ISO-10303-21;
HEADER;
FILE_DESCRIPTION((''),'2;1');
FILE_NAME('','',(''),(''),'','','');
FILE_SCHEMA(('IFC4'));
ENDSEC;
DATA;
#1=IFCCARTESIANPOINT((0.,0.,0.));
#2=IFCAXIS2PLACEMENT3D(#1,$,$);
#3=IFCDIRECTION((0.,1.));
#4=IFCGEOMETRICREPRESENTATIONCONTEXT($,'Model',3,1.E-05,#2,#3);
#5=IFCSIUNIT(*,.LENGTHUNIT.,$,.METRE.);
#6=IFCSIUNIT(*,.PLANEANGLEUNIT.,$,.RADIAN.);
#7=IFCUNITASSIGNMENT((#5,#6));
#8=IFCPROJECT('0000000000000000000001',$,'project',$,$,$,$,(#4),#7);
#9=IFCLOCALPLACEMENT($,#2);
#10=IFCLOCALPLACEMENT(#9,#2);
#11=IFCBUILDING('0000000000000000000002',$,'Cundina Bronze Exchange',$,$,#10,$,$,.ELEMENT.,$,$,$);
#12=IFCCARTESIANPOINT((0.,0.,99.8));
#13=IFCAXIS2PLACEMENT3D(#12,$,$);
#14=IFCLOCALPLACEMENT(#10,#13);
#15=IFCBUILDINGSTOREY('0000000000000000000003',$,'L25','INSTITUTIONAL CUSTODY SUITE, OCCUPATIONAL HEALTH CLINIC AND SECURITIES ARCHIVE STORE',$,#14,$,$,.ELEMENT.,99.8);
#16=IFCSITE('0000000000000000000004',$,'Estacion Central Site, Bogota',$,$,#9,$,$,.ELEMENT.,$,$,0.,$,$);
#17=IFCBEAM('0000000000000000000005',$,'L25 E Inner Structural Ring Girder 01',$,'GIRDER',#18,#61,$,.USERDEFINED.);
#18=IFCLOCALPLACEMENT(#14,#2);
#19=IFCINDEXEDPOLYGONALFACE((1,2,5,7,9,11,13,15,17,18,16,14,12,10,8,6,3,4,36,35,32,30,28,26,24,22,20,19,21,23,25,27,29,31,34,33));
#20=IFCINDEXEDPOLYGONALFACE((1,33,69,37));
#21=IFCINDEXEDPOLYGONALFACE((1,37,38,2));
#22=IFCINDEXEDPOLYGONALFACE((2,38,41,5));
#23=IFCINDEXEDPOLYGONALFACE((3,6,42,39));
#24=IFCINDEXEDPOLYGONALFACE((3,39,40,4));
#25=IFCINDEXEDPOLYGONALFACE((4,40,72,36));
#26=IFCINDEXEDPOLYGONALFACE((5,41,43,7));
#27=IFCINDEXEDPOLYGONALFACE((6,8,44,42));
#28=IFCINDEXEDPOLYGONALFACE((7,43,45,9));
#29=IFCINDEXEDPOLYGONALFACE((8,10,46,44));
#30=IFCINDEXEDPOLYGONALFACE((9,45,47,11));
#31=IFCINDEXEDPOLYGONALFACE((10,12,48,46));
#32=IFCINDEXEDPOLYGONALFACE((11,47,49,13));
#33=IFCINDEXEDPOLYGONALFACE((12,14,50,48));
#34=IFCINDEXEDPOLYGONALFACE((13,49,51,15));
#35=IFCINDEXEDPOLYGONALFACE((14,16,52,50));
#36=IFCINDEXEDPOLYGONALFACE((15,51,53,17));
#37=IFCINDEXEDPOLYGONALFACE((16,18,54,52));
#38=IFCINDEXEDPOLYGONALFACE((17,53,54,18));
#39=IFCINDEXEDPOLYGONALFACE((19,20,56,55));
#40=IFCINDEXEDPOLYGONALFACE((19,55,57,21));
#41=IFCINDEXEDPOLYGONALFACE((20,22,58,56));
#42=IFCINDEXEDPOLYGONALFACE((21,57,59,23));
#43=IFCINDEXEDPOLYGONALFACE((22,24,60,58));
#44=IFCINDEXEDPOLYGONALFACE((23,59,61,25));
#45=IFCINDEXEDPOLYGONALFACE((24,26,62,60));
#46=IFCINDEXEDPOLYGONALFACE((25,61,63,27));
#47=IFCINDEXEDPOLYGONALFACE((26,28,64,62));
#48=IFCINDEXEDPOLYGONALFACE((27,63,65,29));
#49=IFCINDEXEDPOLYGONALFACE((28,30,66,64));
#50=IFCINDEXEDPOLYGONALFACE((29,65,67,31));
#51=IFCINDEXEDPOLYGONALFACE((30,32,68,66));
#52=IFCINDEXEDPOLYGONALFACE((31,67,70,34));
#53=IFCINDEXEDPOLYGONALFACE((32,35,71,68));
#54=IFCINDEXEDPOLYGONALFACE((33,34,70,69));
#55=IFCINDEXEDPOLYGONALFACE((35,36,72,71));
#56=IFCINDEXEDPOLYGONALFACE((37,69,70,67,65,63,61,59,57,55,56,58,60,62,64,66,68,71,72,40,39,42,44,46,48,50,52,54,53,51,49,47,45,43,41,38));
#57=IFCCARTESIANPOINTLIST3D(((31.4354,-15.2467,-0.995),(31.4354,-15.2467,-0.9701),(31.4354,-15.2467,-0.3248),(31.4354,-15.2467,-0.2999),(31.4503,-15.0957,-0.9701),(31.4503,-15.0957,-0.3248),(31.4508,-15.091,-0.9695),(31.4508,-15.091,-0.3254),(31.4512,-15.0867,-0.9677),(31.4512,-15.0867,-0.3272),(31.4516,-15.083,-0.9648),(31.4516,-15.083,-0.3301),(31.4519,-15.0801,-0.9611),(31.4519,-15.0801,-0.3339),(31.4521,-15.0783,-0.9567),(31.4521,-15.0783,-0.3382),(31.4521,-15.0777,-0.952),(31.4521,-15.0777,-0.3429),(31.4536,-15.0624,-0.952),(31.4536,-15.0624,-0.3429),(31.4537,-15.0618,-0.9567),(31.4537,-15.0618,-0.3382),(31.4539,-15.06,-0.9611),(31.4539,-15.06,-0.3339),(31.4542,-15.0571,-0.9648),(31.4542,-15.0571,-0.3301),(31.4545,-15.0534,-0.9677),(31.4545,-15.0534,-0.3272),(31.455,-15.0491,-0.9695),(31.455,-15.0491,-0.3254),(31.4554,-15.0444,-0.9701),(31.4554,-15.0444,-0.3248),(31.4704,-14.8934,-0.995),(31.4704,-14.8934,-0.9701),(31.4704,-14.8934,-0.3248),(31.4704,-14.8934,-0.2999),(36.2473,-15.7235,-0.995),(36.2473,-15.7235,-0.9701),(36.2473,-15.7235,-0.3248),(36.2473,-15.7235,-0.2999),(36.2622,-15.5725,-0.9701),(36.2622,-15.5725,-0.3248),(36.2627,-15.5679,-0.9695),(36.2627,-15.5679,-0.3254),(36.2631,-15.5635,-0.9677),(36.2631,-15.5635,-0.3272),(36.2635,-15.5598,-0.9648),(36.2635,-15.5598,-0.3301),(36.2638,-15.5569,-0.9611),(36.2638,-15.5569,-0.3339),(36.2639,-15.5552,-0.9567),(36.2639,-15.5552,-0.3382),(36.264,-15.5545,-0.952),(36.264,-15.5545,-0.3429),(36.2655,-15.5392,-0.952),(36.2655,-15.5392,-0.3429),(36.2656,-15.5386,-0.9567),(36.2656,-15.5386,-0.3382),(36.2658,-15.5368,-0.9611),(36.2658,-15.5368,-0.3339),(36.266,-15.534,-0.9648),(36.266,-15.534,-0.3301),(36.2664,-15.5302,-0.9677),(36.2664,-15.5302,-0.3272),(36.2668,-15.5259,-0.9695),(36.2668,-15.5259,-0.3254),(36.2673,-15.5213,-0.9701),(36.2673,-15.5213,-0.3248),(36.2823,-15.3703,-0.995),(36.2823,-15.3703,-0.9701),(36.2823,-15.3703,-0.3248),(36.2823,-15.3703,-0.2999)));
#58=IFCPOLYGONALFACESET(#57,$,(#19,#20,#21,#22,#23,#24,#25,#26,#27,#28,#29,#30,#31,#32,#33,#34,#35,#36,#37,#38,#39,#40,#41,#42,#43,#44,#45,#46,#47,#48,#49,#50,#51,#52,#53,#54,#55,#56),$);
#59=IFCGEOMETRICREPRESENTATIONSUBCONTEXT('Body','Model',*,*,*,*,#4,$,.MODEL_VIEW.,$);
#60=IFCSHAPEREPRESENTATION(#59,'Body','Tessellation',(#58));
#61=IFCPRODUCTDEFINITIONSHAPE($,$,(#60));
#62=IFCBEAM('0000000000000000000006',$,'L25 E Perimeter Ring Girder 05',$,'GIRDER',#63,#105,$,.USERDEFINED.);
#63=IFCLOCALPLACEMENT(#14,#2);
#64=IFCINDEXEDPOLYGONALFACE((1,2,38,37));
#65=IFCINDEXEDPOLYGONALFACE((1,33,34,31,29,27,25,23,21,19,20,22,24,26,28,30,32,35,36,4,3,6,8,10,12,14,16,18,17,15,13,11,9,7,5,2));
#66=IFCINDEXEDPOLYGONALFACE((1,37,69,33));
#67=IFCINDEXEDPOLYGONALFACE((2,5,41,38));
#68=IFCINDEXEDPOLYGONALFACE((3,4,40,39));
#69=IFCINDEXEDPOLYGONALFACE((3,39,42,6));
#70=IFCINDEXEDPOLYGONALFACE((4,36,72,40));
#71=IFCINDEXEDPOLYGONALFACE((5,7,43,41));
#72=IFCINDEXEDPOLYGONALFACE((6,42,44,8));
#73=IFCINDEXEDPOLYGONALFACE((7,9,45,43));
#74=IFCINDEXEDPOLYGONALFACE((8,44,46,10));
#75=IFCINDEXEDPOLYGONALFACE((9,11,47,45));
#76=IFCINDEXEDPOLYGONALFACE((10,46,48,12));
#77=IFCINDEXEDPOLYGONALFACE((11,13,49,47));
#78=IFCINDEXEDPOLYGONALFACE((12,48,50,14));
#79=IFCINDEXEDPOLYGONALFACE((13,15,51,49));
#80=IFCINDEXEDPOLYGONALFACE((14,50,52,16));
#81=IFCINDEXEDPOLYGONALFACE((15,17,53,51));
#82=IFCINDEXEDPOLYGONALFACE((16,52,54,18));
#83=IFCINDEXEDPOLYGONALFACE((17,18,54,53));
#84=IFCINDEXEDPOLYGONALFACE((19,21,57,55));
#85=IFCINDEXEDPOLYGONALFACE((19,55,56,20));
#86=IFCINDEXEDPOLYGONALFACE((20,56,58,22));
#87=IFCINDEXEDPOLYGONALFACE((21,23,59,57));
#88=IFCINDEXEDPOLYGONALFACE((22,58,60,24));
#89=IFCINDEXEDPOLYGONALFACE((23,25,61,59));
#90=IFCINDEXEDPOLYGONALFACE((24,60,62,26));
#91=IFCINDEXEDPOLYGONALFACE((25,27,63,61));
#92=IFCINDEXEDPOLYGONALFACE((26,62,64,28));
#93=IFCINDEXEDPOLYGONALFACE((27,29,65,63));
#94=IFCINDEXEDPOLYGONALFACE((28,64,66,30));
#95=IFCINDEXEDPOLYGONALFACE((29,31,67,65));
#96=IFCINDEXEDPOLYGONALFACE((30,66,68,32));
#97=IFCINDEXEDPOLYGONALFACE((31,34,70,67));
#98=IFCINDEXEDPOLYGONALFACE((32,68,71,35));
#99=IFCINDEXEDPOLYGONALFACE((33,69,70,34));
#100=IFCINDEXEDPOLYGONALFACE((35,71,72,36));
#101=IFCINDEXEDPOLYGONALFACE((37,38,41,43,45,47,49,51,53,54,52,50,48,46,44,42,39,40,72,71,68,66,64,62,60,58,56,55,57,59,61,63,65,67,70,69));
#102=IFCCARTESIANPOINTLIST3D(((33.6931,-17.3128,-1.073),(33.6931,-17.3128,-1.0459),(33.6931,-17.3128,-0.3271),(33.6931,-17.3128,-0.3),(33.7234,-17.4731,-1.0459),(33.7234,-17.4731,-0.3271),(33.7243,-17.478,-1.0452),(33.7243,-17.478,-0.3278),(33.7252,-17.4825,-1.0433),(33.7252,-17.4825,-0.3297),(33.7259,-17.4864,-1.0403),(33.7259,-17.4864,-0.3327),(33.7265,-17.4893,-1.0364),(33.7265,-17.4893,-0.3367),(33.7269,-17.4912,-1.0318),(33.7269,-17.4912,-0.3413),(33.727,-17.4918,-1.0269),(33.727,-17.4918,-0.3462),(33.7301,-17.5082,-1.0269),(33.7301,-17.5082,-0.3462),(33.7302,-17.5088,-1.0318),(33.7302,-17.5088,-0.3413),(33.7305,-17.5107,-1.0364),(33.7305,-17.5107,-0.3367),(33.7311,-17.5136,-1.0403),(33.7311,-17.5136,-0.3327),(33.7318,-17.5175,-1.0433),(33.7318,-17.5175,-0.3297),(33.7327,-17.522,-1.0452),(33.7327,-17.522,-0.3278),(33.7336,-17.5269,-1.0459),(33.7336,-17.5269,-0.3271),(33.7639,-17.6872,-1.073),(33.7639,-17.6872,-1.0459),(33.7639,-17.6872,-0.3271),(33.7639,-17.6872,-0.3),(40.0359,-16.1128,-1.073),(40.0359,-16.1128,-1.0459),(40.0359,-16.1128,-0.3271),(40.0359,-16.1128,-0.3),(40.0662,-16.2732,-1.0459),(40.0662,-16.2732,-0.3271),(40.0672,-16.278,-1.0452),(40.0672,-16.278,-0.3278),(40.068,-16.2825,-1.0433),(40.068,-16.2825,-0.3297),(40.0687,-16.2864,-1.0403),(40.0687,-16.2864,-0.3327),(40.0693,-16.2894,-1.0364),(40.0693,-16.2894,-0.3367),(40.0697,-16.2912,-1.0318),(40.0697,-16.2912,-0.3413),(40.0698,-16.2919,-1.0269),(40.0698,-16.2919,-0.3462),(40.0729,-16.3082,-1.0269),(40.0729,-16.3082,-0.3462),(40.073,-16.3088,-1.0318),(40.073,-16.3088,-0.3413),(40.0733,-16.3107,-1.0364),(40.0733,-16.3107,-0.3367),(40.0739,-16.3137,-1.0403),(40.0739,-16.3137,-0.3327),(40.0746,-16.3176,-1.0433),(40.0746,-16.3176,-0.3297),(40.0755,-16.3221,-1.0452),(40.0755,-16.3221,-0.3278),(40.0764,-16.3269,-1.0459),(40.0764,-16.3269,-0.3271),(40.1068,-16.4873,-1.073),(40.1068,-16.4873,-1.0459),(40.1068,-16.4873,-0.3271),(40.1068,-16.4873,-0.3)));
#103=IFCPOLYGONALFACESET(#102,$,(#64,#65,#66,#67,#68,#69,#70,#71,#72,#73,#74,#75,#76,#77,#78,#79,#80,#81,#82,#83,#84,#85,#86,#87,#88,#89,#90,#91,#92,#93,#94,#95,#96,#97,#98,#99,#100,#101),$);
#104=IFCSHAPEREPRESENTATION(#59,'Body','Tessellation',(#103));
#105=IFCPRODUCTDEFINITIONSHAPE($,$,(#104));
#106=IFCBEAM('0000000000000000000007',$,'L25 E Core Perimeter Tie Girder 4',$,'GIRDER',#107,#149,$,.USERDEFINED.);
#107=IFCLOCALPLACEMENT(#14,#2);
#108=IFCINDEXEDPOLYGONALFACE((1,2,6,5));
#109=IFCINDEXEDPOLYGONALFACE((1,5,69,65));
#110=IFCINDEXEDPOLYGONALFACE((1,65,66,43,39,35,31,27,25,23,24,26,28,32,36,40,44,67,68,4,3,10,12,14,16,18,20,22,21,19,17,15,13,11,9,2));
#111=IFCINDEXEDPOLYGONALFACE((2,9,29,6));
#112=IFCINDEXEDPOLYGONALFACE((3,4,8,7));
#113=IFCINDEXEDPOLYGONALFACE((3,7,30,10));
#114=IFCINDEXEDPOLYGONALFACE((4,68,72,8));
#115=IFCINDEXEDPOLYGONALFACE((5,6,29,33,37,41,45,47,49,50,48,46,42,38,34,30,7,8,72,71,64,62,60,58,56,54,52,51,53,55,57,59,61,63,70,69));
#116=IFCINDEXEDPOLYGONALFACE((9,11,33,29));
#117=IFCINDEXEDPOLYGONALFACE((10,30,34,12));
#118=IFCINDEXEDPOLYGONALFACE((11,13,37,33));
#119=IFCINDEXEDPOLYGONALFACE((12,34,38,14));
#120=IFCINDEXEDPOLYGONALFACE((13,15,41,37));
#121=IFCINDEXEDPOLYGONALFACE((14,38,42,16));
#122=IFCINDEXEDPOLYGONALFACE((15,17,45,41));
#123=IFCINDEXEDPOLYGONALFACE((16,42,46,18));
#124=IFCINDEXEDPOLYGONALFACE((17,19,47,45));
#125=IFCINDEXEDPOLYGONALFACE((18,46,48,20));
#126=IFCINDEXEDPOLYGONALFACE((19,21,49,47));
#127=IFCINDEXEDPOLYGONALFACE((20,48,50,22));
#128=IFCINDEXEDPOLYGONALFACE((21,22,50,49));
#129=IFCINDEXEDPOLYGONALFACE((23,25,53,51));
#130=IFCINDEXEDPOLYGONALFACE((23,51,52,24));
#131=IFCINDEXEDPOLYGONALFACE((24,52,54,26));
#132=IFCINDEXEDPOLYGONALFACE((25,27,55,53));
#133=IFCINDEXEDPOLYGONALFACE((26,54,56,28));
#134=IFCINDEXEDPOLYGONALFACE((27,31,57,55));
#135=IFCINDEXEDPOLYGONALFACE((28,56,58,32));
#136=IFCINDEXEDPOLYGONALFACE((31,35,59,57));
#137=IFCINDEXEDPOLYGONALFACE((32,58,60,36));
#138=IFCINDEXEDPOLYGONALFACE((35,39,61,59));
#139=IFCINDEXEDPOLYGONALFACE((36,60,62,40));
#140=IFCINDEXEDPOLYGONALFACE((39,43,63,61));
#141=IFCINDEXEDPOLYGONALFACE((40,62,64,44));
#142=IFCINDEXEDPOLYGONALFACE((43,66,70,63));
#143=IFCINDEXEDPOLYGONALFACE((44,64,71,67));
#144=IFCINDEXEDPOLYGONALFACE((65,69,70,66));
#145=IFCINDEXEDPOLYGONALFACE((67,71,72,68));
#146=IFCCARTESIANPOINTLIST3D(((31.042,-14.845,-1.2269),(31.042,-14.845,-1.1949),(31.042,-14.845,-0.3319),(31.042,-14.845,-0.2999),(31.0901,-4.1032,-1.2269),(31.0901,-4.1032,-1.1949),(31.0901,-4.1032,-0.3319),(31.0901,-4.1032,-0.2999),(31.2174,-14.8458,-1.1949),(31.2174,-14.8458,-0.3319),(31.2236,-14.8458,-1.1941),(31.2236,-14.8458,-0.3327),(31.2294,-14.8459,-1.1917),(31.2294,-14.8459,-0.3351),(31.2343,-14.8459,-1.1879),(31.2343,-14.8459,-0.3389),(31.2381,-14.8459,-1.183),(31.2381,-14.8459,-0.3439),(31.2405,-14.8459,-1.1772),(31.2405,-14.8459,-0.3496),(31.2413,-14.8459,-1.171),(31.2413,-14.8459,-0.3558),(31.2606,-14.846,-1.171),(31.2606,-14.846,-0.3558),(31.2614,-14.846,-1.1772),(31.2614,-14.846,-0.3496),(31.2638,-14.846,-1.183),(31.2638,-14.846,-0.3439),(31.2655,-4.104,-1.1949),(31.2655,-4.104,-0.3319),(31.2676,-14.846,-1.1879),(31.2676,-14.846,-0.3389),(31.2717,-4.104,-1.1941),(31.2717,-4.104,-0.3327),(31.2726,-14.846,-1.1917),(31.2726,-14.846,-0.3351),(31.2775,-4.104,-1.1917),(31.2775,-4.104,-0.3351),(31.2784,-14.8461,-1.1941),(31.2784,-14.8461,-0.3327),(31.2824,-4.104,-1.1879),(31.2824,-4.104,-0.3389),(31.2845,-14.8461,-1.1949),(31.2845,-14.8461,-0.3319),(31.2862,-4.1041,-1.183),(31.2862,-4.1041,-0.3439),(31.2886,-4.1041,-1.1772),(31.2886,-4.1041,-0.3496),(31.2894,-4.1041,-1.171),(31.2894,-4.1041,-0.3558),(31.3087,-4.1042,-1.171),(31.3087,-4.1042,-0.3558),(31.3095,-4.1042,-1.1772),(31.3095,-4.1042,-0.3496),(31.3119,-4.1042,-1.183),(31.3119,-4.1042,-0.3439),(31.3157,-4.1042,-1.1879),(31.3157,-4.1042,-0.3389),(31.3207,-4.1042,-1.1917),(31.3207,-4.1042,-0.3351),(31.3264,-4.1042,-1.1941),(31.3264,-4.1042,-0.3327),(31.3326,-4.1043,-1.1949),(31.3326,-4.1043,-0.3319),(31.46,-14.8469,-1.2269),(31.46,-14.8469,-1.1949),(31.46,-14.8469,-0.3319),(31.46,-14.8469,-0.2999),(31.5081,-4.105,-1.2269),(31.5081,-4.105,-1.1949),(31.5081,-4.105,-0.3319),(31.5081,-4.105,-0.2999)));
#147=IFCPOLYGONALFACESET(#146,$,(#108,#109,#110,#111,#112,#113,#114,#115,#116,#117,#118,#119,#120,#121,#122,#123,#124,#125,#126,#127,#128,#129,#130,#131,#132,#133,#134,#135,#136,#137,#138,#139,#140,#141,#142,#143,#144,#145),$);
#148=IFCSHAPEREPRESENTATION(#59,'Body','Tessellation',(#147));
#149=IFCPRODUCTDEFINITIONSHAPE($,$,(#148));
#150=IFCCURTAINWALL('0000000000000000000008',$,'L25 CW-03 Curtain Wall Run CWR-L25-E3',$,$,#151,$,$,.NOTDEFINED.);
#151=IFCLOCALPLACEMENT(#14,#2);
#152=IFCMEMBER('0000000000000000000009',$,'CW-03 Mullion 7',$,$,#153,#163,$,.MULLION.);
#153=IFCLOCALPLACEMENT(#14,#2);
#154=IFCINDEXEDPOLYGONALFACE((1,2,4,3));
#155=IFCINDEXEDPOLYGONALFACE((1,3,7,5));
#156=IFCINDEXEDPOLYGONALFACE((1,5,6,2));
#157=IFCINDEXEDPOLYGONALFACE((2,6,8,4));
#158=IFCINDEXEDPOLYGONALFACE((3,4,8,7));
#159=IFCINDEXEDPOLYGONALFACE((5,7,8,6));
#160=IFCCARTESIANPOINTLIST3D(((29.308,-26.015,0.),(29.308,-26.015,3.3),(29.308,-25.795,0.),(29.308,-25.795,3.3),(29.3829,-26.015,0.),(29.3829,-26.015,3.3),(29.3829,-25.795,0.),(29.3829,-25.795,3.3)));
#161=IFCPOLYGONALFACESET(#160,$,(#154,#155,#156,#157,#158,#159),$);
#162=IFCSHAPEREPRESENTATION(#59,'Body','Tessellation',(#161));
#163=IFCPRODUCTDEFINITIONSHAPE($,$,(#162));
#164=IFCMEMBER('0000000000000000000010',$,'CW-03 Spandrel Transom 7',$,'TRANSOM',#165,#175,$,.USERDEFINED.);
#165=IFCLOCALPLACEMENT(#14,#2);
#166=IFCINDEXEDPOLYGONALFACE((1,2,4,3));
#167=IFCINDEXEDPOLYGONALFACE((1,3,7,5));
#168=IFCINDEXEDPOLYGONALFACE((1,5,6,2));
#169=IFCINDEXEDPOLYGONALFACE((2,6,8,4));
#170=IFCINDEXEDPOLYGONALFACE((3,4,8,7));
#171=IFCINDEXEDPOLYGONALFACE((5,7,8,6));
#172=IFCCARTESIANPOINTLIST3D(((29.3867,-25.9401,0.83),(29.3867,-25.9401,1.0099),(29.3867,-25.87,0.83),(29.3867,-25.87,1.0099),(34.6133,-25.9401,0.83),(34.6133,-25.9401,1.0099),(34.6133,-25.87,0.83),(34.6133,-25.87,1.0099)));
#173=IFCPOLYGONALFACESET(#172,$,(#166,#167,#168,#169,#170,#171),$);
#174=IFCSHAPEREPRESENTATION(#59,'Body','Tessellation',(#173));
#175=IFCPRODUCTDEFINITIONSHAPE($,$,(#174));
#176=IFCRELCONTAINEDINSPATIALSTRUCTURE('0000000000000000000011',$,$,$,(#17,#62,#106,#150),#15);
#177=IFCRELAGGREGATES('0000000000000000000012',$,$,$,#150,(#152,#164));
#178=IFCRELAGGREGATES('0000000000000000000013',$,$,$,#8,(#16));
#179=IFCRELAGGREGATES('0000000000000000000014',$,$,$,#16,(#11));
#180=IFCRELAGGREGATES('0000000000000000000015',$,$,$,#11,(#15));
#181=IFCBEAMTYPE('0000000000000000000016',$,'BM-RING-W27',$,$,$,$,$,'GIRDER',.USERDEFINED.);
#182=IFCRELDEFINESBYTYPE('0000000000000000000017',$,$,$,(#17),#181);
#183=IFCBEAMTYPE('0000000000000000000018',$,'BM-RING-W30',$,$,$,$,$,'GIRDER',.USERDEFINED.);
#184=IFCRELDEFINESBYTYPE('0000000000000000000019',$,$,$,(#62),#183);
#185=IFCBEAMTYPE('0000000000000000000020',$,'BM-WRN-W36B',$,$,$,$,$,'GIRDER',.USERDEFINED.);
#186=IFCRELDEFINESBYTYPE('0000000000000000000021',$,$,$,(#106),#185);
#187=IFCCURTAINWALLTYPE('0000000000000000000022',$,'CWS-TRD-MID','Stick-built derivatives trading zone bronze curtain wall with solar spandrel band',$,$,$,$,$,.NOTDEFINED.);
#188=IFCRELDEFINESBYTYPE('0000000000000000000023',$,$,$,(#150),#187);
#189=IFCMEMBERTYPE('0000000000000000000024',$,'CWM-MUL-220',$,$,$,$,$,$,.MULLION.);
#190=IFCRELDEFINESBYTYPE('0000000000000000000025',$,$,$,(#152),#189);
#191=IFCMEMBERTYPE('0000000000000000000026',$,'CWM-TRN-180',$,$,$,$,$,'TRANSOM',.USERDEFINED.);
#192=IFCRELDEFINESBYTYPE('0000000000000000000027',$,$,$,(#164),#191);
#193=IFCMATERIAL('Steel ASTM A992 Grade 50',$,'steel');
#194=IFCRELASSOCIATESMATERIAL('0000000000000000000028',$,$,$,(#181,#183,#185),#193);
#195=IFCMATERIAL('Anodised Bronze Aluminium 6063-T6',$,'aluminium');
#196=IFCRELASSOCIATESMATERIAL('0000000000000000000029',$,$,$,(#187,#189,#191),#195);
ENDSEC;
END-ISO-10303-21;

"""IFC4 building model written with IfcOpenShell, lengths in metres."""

from ifc_helpers import new_model, si_unit, direction, frame, origin, origin_2d, place, context, subcontext, project, spatial, rectangle, i_section, extrude, material, material_profile, profile_set, type_object, element, aggregate, save


model = new_model("IFC4")

# Units and contexts
model_context = context("Model", 3, precision=1e-05, world=origin(), true_north=direction((0.0, 1.0)))
body_context = subcontext(model_context, "Body", "Model", "MODEL_VIEW")
ifc_project = project(units=[si_unit("LENGTHUNIT", "METRE"), si_unit("PLANEANGLEUNIT", "RADIAN")], contexts=[model_context])

# Site, building, storey
site_placement = place(None, origin())
site = spatial("IfcSite", under=ifc_project, at=site_placement, Name="Estacion Central Site, Bogota", CompositionType="ELEMENT", RefElevation=0.0)
building_placement = place(site_placement, origin())
building = spatial("IfcBuilding", under=site, at=building_placement, Name="Cundina Bronze Exchange", CompositionType="ELEMENT")
storey_placement = place(building_placement, frame((0.0, 0.0, 99.8)))
storey = spatial("IfcBuildingStorey", under=building, at=storey_placement, Name="L25", Description="INSTITUTIONAL CUSTODY SUITE, OCCUPATIONAL HEALTH CLINIC AND SECURITIES ARCHIVE STORE", CompositionType="ELEMENT", Elevation=99.8)

# Shared definitions
ifc_material_1 = material(Name="Steel ASTM A992 Grade 50", Category="steel")

# Beams
ifc_material_profile_1 = material_profile(ifc_material_1, i_section(OverallWidth=0.355, OverallDepth=0.6951, WebThickness=0.0154, FlangeThickness=0.0249, FilletRadius=0.0181, at=origin_2d()), Name="W27X146", Category="steel")
ifc_profile_set_1 = profile_set([ifc_material_profile_1], Name="Steel ASTM A992 Grade 50")
beam_type_1 = type_object("IfcBeamType", Name="BM-RING-W27", ElementType="GIRDER", PredefinedType="USERDEFINED", material=ifc_profile_set_1)
beam_1_placement = place(storey_placement, frame((31.4529, -15.0701, -0.6475), z_axis=(0.995126, -0.098609, 0.0), x_axis=(0.098609, 0.995126, 0.0)))
element("IfcBeam", 1, at=beam_1_placement, inside=storey, type_object=beam_type_1, Name="L25 E Inner Structural Ring Girder 01", ObjectType="GIRDER", PredefinedType="USERDEFINED", context=body_context, shape_type="SweptSolid", body=[
    extrude(i_section(OverallWidth=0.355, OverallDepth=0.6951, WebThickness=0.0154, FlangeThickness=0.0249, FilletRadius=0.0181, at=origin_2d()), origin(), (0.0, 0.0, 1.0), 4.8354),
])
ifc_material_profile_2 = material_profile(ifc_material_1, i_section(OverallWidth=0.3811, OverallDepth=0.7729, WebThickness=0.0166, FlangeThickness=0.0271, FilletRadius=0.019, at=origin_2d()), Name="W30X173", Category="steel")
ifc_profile_set_2 = profile_set([ifc_material_profile_2], Name="Steel ASTM A992 Grade 50")
beam_type_2 = type_object("IfcBeamType", Name="BM-RING-W30", ElementType="GIRDER", PredefinedType="USERDEFINED", material=ifc_profile_set_2)
beam_2_placement = place(storey_placement, frame((33.7285, -17.5, -0.6865), z_axis=(0.982571, 0.185887, 0.0), x_axis=(-0.185887, 0.982571, 0.0)))
element("IfcBeam", 2, at=beam_2_placement, inside=storey, type_object=beam_type_2, Name="L25 E Perimeter Ring Girder 05", ObjectType="GIRDER", PredefinedType="USERDEFINED", context=body_context, shape_type="SweptSolid", body=[
    extrude(i_section(OverallWidth=0.3811, OverallDepth=0.7729, WebThickness=0.0166, FlangeThickness=0.0271, FilletRadius=0.019, at=origin_2d()), origin(), (0.0, 0.0, 1.0), 6.4553),
])
ifc_material_profile_3 = material_profile(ifc_material_1, i_section(OverallWidth=0.418, OverallDepth=0.927, WebThickness=0.0193, FlangeThickness=0.032, FilletRadius=0.0239, at=origin_2d()), Name="W36X231", Category="steel")
ifc_profile_set_3 = profile_set([ifc_material_profile_3], Name="Steel ASTM A992 Grade 50")
beam_type_3 = type_object("IfcBeamType", Name="BM-WRN-W36B", ElementType="GIRDER", PredefinedType="USERDEFINED", material=ifc_profile_set_3)
beam_3_placement = place(storey_placement, frame((31.251, -14.8459, -0.7634), z_axis=(0.004477, 0.99999, 0.0), x_axis=(-0.99999, 0.004477, 0.0)))
element("IfcBeam", 3, at=beam_3_placement, inside=storey, type_object=beam_type_3, Name="L25 E Core Perimeter Tie Girder 4", ObjectType="GIRDER", PredefinedType="USERDEFINED", context=body_context, shape_type="SweptSolid", body=[
    extrude(i_section(OverallWidth=0.418, OverallDepth=0.927, WebThickness=0.0193, FlangeThickness=0.032, FilletRadius=0.0239, at=origin_2d()), origin(), (0.0, 0.0, 1.0), 10.7419),
])

# Curtain wall, members
ifc_material_2 = material(Name="Anodised Bronze Aluminium 6063-T6", Category="aluminium")
curtain_wall_type = type_object("IfcCurtainWallType", Name="CWS-TRD-MID", Description="Stick-built derivatives trading zone bronze curtain wall with solar spandrel band", PredefinedType="NOTDEFINED", material=ifc_material_2)
curtain_wall_placement = place(storey_placement, origin())
curtain_wall = element("IfcCurtainWall", 4, at=curtain_wall_placement, inside=storey, type_object=curtain_wall_type, Name="L25 CW-03 Curtain Wall Run CWR-L25-E3", PredefinedType="NOTDEFINED")
ifc_material_profile_4 = material_profile(ifc_material_2, rectangle(XDim=0.075, YDim=0.22, at=origin_2d()), Name="AL75X220", Category="aluminium")
ifc_profile_set_4 = profile_set([ifc_material_profile_4], Name="Anodised Bronze Aluminium 6063-T6")
member_type_1 = type_object("IfcMemberType", Name="CWM-MUL-220", PredefinedType="MULLION", material=ifc_profile_set_4)
member_1_placement = place(storey_placement, frame((29.3455, -25.905, 0.0), z_axis=(0.0, 0.0, 1.0), x_axis=(1.0, 0.0, 0.0)))
member_1 = element("IfcMember", 5, at=member_1_placement, type_object=member_type_1, Name="CW-03 Mullion 7", PredefinedType="MULLION", context=body_context, shape_type="SweptSolid", body=[
    extrude(rectangle(XDim=0.075, YDim=0.22, at=origin_2d()), origin(), (0.0, 0.0, 1.0), 3.3),
])
ifc_material_profile_5 = material_profile(ifc_material_2, rectangle(XDim=0.0701, YDim=0.1799, at=origin_2d()), Name="AL70X180", Category="aluminium")
ifc_profile_set_5 = profile_set([ifc_material_profile_5], Name="Anodised Bronze Aluminium 6063-T6")
member_type_2 = type_object("IfcMemberType", Name="CWM-TRN-180", ElementType="TRANSOM", PredefinedType="USERDEFINED", material=ifc_profile_set_5)
member_2_placement = place(storey_placement, frame((29.3867, -25.905, 0.9199), z_axis=(1.0, 0.0, 0.0), x_axis=(0.0, 1.0, 0.0)))
member_2 = element("IfcMember", 6, at=member_2_placement, type_object=member_type_2, Name="CW-03 Spandrel Transom 7", ObjectType="TRANSOM", PredefinedType="USERDEFINED", context=body_context, shape_type="SweptSolid", body=[
    extrude(rectangle(XDim=0.0701, YDim=0.1799, at=origin_2d()), origin(), (0.0, 0.0, 1.0), 5.2266),
])
aggregate(curtain_wall, [member_1, member_2])

save(model, "model.ifc")
